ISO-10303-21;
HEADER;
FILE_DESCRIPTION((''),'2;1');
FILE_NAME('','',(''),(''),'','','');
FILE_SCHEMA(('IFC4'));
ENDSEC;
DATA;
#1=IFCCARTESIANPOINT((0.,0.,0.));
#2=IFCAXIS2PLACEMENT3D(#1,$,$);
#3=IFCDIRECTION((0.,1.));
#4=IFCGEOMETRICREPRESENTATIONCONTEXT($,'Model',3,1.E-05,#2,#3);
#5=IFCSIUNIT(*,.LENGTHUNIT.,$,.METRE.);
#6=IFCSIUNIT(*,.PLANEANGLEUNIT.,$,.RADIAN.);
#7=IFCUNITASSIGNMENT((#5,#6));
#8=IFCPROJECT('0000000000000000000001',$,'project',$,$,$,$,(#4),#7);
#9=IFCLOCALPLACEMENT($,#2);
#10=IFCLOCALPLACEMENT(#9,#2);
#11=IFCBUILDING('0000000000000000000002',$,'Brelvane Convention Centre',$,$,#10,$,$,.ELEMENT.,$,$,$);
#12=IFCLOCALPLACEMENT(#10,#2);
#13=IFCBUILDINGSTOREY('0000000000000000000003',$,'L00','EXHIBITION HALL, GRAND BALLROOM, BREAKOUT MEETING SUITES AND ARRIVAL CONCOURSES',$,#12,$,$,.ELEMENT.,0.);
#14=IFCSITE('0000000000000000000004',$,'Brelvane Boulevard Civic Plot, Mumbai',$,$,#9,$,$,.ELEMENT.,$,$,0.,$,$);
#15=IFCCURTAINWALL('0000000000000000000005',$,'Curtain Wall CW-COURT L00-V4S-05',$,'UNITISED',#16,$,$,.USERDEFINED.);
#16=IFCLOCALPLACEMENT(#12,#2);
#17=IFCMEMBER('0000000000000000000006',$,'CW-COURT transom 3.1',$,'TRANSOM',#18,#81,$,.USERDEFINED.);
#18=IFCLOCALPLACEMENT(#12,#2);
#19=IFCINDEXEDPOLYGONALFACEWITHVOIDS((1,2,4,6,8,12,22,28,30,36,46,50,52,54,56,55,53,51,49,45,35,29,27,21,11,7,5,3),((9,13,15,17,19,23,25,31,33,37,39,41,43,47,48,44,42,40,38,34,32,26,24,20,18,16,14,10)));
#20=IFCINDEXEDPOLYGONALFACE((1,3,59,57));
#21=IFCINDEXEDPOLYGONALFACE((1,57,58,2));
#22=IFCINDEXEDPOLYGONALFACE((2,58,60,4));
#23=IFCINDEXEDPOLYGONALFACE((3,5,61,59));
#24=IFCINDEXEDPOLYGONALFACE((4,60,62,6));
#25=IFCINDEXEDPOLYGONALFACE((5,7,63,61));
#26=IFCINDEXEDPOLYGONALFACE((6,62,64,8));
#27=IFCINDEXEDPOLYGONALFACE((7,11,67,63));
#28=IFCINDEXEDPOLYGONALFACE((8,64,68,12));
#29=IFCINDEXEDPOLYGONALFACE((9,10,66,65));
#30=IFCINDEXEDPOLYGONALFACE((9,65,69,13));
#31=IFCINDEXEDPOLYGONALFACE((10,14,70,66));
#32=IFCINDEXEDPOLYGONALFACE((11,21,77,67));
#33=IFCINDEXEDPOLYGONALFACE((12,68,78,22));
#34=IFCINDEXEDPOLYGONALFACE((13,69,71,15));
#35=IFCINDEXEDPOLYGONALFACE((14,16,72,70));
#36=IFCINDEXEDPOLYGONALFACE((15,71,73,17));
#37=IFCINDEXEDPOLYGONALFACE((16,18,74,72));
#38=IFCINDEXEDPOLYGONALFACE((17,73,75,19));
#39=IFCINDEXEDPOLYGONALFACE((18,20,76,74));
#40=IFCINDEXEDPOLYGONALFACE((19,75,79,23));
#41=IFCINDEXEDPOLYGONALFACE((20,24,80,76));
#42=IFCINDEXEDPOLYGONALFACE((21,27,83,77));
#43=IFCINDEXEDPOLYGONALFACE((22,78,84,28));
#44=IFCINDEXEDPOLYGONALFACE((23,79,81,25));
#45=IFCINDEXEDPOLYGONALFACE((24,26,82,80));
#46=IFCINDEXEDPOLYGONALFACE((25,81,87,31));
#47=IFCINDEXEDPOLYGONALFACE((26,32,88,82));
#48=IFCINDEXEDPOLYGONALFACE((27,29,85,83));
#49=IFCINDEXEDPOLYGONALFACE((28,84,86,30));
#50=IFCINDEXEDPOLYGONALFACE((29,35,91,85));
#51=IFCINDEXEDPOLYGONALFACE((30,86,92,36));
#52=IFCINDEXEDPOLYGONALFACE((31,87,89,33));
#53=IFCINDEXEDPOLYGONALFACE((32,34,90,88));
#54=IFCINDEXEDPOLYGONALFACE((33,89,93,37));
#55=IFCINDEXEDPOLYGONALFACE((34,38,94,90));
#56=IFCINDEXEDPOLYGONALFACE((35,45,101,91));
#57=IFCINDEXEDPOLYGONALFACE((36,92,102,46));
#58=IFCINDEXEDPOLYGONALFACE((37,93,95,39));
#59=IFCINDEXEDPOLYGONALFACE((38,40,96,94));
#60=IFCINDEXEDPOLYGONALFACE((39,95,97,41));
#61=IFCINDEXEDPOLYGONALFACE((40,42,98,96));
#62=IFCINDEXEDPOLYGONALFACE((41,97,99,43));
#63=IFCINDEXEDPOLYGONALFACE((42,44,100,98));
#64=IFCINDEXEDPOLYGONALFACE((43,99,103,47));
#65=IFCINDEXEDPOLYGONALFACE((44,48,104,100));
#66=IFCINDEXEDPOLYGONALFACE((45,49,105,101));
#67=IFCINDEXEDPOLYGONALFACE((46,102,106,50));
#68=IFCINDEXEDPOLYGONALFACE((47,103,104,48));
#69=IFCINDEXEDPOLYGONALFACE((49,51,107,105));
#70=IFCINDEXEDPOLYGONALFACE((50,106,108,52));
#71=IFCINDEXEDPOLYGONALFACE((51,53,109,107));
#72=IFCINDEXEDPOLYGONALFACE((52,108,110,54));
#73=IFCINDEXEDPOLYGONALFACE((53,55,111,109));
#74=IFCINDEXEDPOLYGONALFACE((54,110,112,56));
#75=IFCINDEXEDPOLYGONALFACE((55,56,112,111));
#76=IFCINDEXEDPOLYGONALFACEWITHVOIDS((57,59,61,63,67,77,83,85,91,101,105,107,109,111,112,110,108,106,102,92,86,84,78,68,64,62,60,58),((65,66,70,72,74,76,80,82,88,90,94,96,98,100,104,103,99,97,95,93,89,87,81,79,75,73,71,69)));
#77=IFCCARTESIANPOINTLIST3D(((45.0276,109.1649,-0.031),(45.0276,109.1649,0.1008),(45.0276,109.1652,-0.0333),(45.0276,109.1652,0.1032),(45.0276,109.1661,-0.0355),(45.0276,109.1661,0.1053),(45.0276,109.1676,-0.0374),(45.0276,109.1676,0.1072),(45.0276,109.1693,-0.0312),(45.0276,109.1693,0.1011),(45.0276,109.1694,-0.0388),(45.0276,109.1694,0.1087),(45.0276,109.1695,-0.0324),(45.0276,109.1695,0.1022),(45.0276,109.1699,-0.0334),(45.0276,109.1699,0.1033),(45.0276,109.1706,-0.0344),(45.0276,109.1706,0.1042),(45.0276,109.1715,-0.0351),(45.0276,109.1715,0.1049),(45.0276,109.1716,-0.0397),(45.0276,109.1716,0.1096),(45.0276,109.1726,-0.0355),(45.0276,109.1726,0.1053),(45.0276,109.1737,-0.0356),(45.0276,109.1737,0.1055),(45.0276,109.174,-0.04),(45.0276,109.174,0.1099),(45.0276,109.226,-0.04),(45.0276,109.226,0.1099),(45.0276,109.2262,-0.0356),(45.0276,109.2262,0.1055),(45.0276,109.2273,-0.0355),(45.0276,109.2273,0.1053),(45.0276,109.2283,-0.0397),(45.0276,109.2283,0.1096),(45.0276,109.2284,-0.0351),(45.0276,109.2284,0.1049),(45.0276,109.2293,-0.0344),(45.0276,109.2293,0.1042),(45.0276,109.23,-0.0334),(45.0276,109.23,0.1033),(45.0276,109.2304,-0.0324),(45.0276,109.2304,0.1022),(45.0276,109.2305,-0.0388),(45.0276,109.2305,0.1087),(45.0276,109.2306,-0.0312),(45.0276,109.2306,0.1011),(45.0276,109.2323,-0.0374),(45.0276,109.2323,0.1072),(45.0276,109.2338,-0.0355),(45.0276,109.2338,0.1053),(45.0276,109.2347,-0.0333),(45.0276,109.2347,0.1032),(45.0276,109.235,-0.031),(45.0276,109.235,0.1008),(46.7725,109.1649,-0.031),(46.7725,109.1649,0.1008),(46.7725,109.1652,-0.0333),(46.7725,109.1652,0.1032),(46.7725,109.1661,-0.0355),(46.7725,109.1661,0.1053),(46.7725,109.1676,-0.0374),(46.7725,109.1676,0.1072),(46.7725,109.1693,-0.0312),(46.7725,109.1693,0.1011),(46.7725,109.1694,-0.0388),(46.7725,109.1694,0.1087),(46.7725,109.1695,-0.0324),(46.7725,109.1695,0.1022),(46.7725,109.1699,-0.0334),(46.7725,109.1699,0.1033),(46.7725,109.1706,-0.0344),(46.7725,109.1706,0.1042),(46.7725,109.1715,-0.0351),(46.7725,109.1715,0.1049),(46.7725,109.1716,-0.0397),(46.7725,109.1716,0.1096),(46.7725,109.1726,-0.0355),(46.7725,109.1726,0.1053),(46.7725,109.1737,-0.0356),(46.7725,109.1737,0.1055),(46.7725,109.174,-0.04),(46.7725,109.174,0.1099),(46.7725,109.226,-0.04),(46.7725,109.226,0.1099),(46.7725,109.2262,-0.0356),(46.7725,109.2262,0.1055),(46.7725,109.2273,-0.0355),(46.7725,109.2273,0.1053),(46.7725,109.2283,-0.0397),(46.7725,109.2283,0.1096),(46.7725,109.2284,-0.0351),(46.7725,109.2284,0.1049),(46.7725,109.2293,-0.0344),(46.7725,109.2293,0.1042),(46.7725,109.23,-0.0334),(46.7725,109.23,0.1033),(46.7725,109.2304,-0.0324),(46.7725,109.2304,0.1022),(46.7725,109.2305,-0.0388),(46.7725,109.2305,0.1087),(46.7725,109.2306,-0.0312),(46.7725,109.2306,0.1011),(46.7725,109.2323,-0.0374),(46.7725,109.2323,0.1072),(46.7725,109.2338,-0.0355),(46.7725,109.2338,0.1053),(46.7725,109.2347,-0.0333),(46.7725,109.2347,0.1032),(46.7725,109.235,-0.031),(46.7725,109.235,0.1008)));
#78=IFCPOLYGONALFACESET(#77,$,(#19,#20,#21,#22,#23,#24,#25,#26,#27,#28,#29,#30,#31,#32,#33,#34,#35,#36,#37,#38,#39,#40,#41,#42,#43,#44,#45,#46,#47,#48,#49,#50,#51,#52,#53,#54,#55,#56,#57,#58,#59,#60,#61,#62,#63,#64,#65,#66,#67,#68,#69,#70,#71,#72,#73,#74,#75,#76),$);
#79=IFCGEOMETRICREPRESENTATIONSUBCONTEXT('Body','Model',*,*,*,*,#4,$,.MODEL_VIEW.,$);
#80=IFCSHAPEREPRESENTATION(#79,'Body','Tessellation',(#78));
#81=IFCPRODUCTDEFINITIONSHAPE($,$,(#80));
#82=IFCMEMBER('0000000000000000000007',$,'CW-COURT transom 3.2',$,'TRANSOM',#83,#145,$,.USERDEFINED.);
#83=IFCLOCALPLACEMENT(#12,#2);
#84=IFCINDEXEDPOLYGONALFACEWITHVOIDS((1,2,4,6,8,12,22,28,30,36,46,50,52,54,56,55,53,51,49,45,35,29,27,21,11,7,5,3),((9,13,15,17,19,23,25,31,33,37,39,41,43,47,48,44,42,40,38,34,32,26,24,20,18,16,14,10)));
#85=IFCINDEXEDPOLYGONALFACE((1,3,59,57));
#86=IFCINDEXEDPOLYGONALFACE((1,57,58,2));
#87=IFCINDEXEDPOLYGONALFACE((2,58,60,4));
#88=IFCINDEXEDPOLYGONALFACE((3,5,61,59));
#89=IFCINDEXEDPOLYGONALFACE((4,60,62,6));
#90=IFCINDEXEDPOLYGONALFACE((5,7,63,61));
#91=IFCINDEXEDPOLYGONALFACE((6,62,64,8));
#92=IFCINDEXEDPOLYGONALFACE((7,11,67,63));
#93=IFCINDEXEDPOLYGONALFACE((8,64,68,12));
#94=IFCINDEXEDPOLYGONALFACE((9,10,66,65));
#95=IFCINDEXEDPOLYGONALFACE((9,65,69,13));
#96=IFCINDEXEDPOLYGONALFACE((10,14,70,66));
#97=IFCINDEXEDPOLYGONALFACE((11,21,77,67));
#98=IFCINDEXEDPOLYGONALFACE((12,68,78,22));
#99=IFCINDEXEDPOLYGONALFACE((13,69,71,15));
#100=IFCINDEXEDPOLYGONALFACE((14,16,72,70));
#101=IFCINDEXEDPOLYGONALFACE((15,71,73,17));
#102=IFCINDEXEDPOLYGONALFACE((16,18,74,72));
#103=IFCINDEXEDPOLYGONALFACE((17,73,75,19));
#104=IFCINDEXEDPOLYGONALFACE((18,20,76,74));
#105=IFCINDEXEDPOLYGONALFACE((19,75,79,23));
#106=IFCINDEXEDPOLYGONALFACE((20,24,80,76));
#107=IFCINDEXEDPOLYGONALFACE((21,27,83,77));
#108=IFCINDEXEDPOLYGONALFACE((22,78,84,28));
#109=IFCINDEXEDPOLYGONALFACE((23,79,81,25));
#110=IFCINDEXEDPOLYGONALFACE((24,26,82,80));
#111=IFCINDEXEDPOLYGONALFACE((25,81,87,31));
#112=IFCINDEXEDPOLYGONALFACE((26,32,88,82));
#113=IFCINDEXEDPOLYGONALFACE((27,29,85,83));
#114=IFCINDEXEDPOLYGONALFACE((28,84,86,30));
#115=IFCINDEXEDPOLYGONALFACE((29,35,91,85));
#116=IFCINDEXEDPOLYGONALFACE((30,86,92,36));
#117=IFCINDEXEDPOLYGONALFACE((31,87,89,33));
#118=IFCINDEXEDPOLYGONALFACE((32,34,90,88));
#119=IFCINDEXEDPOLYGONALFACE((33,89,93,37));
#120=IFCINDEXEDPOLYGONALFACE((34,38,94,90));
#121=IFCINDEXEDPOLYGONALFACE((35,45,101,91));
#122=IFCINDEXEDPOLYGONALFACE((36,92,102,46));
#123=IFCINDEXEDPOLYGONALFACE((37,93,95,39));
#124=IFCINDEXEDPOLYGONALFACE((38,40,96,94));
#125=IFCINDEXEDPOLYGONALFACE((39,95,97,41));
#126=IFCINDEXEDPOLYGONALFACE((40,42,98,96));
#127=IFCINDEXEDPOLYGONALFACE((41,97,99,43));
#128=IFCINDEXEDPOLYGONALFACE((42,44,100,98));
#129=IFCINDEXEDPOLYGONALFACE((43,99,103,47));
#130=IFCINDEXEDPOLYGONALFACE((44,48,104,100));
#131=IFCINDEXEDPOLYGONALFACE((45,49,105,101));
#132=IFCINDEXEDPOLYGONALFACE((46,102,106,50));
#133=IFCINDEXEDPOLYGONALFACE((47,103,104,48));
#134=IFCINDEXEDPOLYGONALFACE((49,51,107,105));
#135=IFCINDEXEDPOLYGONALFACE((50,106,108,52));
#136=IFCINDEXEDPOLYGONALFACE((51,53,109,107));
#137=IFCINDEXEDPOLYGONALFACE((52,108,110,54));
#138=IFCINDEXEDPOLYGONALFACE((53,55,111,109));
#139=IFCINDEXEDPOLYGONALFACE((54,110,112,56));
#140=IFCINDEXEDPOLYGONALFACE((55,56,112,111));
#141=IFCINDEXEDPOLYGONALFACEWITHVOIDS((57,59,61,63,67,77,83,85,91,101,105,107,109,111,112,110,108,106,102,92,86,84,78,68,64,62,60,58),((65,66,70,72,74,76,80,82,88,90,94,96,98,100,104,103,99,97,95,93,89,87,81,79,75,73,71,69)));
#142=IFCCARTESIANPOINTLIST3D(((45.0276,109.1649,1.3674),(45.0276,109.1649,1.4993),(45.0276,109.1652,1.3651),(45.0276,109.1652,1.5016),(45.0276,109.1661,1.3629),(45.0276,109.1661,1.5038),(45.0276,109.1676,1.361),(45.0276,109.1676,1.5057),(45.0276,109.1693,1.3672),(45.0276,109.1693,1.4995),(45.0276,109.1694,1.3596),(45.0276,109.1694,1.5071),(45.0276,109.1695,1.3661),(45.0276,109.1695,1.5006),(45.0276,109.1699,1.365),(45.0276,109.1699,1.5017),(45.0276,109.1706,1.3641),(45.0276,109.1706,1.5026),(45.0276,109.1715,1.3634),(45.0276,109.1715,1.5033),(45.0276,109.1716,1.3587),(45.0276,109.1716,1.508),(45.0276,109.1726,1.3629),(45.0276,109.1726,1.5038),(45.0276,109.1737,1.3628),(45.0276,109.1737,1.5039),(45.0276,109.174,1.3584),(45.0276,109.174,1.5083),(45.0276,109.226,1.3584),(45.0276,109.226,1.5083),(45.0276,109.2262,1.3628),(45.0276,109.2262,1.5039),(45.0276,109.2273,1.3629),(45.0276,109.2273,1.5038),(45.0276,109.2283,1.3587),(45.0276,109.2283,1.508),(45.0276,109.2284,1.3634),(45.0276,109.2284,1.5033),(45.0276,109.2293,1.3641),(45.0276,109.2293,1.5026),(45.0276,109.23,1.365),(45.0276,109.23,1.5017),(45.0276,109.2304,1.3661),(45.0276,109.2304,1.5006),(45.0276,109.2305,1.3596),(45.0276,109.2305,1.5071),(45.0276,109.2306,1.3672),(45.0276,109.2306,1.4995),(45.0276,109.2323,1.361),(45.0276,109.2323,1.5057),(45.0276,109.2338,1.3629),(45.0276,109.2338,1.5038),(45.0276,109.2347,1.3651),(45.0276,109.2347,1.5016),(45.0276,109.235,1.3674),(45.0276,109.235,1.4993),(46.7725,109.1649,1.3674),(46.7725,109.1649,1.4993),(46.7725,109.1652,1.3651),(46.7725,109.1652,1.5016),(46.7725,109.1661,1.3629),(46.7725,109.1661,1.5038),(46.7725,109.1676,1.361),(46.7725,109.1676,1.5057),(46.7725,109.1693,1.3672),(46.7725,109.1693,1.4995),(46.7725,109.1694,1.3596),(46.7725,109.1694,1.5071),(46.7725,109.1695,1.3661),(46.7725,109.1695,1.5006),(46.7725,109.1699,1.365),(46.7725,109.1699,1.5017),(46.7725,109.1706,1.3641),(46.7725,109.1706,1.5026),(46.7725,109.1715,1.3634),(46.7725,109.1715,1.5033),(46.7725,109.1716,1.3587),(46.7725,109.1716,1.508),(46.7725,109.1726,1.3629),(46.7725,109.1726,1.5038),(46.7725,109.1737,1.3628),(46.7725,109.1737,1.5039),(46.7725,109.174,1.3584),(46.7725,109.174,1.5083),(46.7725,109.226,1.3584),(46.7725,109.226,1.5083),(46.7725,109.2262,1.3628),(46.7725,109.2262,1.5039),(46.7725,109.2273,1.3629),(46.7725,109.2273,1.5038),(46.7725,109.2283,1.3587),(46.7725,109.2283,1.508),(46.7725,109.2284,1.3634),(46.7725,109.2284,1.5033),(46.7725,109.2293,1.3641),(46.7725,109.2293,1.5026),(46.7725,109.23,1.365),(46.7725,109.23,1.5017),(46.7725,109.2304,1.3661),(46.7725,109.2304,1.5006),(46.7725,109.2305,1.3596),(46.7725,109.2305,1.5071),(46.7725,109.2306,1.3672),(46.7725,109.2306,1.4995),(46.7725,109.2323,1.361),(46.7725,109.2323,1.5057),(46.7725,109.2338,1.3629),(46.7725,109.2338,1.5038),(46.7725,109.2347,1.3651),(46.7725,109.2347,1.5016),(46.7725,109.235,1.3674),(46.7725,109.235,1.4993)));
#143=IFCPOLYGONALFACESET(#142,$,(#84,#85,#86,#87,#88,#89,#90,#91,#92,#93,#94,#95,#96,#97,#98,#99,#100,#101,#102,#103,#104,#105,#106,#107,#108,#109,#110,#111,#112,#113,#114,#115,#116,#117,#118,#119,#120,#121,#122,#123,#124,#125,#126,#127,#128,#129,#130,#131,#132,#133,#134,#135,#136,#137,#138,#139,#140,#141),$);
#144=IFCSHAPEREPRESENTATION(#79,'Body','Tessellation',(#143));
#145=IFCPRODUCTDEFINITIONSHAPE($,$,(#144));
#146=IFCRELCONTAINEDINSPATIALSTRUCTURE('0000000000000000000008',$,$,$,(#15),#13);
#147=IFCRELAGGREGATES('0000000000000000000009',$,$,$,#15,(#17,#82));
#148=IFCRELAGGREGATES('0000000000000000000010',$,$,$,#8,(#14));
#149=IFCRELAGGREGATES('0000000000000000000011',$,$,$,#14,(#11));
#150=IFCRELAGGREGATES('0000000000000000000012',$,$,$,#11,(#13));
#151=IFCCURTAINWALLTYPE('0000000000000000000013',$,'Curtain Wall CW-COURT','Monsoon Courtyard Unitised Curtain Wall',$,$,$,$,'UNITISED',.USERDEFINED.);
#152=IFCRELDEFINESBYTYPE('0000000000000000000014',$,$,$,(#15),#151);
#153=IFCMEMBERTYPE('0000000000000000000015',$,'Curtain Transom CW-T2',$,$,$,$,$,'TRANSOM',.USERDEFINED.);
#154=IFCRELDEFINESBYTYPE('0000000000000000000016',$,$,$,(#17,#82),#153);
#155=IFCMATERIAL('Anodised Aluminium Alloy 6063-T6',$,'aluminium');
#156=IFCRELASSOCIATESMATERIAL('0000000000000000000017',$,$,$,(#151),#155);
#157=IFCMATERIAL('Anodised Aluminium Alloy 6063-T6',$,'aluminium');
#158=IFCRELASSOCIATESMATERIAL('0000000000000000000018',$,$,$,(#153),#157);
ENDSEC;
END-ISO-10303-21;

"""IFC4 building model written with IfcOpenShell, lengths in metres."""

from ifc_helpers import new_model, si_unit, direction, frame, origin, origin_2d, place, context, subcontext, project, spatial, hollow_rectangle, extrude, material, material_profile, profile_set, type_object, element, aggregate, save


model = new_model("IFC4")

# Units and contexts
model_context = context("Model", 3, precision=1e-05, world=origin(), true_north=direction((0.0, 1.0)))
body_context = subcontext(model_context, "Body", "Model", "MODEL_VIEW")
ifc_project = project(units=[si_unit("LENGTHUNIT", "METRE"), si_unit("PLANEANGLEUNIT", "RADIAN")], contexts=[model_context])

# Site, building, storey
site_placement = place(None, origin())
site = spatial("IfcSite", under=ifc_project, at=site_placement, Name="Brelvane Boulevard Civic Plot, Mumbai", CompositionType="ELEMENT", RefElevation=0.0)
building_placement = place(site_placement, origin())
building = spatial("IfcBuilding", under=site, at=building_placement, Name="Brelvane Convention Centre", CompositionType="ELEMENT")
storey_placement = place(building_placement, origin())
storey = spatial("IfcBuildingStorey", under=building, at=storey_placement, Name="L00", Description="EXHIBITION HALL, GRAND BALLROOM, BREAKOUT MEETING SUITES AND ARRIVAL CONCOURSES", CompositionType="ELEMENT", Elevation=0.0)

# Curtain wall, members
ifc_material_1 = material(Name="Anodised Aluminium Alloy 6063-T6", Category="aluminium")
curtain_wall_type = type_object("IfcCurtainWallType", Name="Curtain Wall CW-COURT", Description="Monsoon Courtyard Unitised Curtain Wall", ElementType="UNITISED", PredefinedType="USERDEFINED", material=ifc_material_1)
curtain_wall_placement = place(storey_placement, origin())
curtain_wall = element("IfcCurtainWall", 1, at=curtain_wall_placement, inside=storey, type_object=curtain_wall_type, Name="Curtain Wall CW-COURT L00-V4S-05", ObjectType="UNITISED", PredefinedType="USERDEFINED")
ifc_material_2 = material(Name="Anodised Aluminium Alloy 6063-T6", Category="aluminium")
ifc_material_profile_1 = material_profile(ifc_material_2, hollow_rectangle(XDim=0.0701, YDim=0.1499, WallThickness=0.0044, InnerFilletRadius=0.0044, OuterFilletRadius=0.009, at=origin_2d()), Name="ALU-T 150x70x4.5")
ifc_profile_set_1 = profile_set([ifc_material_profile_1], Name="Anodised Aluminium Alloy 6063-T6")
member_type_1 = type_object("IfcMemberType", Name="Curtain Transom CW-T2", ElementType="TRANSOM", PredefinedType="USERDEFINED", material=ifc_profile_set_1)
member_1_placement = place(storey_placement, frame((45.0276, 109.2, 0.0349), z_axis=(1.0, 0.0, 0.0), x_axis=(0.0, 1.0, 0.0)))
member_1 = element("IfcMember", 2, at=member_1_placement, type_object=member_type_1, Name="CW-COURT transom 3.1", ObjectType="TRANSOM", PredefinedType="USERDEFINED", context=body_context, shape_type="SweptSolid", body=[
    extrude(hollow_rectangle(XDim=0.0701, YDim=0.1499, WallThickness=0.0044, InnerFilletRadius=0.0044, OuterFilletRadius=0.009, at=origin_2d()), origin(), (0.0, 0.0, 1.0), 1.7449),
])
member_2_placement = place(storey_placement, frame((45.0276, 109.2, 1.4333), z_axis=(1.0, 0.0, 0.0), x_axis=(0.0, 1.0, 0.0)))
member_2 = element("IfcMember", 3, at=member_2_placement, type_object=member_type_1, Name="CW-COURT transom 3.2", ObjectType="TRANSOM", PredefinedType="USERDEFINED", context=body_context, shape_type="SweptSolid", body=[
    extrude(hollow_rectangle(XDim=0.0701, YDim=0.1499, WallThickness=0.0044, InnerFilletRadius=0.0044, OuterFilletRadius=0.009, at=origin_2d()), origin(), (0.0, 0.0, 1.0), 1.7449),
])

aggregate(curtain_wall, [member_1, member_2])

save(model, "model.ifc")
